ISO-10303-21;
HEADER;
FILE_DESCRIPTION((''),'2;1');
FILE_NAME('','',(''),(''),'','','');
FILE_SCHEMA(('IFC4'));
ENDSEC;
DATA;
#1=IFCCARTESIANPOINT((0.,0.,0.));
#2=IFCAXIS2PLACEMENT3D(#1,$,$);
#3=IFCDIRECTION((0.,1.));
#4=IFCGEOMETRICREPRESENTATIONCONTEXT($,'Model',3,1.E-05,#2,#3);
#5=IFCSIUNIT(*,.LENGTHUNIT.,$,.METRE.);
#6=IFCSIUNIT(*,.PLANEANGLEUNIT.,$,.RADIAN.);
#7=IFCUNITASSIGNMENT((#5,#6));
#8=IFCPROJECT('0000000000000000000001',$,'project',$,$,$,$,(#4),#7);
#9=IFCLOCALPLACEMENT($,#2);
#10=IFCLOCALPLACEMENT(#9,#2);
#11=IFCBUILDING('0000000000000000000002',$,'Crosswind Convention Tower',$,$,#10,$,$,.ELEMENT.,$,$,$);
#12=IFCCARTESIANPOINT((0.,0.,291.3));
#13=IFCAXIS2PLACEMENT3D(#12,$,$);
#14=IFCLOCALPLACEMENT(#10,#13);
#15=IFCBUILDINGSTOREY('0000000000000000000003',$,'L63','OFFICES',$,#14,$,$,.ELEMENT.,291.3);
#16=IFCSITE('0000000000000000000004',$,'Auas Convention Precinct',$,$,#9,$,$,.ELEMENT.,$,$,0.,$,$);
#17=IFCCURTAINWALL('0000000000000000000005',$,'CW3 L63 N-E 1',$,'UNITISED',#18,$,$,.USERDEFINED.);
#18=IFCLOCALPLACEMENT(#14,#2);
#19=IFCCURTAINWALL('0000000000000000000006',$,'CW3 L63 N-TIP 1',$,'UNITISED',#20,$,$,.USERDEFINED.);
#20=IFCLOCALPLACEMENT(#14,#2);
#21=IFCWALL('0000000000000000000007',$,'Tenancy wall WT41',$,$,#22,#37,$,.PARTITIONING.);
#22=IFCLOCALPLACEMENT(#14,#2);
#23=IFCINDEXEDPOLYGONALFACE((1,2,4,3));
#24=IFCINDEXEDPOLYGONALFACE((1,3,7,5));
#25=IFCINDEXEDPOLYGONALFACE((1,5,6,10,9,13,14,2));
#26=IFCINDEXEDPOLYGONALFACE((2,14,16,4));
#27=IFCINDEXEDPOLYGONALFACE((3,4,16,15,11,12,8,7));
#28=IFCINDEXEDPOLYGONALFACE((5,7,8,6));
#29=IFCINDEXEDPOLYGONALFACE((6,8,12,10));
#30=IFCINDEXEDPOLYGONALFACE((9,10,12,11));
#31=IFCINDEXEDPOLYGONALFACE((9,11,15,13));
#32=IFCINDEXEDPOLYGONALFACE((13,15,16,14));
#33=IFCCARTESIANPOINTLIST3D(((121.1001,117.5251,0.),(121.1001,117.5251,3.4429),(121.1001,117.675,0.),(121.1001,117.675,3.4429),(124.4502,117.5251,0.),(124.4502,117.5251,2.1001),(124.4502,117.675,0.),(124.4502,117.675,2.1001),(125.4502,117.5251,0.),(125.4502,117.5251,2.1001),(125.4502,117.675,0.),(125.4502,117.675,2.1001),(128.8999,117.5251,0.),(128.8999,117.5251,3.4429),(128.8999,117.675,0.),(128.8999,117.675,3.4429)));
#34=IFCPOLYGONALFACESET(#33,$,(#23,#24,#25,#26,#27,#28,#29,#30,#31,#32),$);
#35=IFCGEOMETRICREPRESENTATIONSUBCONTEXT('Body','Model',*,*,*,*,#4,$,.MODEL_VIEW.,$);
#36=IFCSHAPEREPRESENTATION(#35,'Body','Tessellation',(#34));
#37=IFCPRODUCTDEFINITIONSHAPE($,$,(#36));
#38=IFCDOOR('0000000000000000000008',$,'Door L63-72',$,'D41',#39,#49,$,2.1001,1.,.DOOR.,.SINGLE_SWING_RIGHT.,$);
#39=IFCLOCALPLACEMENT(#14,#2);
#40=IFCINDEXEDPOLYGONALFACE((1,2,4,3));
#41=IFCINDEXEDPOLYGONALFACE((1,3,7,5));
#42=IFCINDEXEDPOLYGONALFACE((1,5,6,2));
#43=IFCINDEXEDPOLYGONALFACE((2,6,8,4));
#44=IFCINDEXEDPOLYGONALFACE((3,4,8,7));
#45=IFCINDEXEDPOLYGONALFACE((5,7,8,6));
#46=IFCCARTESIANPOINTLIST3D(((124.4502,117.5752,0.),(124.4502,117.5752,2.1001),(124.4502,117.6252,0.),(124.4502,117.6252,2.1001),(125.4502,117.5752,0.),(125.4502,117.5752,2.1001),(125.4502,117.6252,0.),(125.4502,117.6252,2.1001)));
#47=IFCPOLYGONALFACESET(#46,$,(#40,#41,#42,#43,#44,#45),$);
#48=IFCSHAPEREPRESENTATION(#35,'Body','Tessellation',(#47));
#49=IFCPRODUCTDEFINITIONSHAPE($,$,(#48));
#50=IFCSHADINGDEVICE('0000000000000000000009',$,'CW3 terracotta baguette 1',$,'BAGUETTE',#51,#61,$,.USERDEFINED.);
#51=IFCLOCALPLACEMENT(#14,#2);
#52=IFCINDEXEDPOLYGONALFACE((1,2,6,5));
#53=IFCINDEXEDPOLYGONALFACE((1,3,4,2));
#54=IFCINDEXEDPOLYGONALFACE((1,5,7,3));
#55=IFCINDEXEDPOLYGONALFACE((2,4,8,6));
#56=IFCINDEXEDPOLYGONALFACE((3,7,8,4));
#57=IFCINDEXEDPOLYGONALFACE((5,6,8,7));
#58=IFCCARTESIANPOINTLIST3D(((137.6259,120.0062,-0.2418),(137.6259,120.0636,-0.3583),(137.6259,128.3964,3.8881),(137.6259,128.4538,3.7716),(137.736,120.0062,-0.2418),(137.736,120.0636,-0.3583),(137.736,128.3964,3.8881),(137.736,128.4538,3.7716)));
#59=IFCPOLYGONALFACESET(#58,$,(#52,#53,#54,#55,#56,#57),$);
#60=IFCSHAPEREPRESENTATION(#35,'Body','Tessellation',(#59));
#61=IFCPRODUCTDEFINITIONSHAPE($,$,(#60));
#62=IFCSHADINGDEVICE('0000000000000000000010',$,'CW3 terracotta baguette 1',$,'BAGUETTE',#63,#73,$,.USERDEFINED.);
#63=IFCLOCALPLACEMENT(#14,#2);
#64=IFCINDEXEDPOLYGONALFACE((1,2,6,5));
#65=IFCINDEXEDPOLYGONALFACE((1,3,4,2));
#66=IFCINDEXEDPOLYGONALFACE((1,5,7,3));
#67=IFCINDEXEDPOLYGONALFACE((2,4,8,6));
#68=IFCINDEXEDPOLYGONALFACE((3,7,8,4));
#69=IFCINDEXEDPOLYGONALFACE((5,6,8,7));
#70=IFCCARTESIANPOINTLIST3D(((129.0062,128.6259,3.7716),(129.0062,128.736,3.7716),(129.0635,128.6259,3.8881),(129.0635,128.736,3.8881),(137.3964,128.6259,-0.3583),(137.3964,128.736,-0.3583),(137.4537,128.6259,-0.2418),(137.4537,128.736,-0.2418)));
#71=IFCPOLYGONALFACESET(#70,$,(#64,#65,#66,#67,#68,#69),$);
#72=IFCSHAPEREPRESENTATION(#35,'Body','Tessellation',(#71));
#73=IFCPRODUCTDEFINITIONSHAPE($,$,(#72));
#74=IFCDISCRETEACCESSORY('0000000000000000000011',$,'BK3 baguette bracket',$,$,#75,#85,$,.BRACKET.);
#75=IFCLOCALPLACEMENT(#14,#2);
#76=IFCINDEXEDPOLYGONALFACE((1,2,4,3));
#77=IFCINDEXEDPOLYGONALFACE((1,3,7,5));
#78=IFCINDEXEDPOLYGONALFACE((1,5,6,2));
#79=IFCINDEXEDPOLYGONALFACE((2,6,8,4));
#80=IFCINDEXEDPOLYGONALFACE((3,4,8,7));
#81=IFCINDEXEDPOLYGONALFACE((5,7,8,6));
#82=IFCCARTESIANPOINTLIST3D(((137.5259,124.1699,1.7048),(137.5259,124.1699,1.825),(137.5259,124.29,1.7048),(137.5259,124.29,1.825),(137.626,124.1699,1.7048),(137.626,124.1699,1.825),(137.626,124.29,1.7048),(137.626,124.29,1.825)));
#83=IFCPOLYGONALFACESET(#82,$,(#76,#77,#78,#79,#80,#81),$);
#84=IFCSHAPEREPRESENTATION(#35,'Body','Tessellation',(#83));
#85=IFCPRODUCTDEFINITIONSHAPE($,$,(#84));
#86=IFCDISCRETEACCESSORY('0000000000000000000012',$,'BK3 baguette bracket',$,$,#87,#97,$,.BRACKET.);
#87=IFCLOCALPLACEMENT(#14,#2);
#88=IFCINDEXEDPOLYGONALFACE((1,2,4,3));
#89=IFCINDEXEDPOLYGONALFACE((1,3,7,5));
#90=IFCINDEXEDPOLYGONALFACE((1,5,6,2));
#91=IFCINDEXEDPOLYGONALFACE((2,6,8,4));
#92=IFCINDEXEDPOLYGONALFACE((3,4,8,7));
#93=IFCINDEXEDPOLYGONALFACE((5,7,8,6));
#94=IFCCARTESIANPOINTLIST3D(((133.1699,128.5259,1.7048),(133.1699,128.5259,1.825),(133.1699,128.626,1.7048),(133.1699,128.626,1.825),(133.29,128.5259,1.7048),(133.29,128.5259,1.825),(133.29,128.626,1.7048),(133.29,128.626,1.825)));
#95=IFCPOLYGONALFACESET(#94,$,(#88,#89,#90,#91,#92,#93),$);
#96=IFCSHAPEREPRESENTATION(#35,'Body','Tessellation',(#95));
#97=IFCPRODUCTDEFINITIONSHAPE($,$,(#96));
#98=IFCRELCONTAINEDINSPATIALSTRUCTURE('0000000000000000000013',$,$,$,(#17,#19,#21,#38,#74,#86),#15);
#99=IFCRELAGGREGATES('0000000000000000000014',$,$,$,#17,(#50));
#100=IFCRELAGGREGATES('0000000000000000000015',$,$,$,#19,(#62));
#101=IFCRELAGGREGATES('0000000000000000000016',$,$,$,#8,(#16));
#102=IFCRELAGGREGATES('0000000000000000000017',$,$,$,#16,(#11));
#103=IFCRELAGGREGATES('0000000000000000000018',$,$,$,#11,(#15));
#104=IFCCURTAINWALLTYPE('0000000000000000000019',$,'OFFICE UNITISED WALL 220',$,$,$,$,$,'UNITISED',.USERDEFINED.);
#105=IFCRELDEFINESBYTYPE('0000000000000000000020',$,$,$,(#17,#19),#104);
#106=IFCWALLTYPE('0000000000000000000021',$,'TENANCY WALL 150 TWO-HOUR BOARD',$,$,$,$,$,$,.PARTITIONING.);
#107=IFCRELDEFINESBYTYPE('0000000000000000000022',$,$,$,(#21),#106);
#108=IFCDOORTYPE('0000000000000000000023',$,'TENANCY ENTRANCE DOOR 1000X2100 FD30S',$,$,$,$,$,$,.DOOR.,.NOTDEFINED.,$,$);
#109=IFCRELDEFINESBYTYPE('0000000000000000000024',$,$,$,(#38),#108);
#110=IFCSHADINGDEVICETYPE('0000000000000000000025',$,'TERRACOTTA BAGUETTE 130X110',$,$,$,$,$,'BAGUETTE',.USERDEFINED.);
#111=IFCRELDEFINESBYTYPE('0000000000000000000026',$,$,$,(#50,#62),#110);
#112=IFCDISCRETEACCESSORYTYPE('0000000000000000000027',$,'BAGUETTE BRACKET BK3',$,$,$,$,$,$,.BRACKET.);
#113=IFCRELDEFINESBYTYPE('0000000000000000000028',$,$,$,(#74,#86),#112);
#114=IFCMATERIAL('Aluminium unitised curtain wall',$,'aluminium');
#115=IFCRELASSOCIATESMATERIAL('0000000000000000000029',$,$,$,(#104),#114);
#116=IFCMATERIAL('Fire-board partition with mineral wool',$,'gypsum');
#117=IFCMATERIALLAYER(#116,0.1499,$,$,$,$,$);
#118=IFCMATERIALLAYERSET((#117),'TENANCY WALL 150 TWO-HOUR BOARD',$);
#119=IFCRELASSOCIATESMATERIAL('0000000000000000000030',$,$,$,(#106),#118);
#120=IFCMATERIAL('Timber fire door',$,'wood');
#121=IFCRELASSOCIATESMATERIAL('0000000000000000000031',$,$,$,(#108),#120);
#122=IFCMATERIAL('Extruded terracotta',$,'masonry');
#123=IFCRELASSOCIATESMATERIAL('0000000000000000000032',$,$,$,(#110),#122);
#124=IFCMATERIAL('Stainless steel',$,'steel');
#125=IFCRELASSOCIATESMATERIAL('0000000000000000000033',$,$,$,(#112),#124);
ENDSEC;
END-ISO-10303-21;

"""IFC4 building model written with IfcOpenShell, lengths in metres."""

from ifc_helpers import new_model, si_unit, direction, frame, frame_2d, origin, origin_2d, place, context, subcontext, project, spatial, rectangle, extrude, material, layer, layer_set, material_profile, profile_set, type_object, element, fill, aggregate, save


model = new_model("IFC4")

# Units and contexts
model_context = context("Model", 3, precision=1e-05, world=origin(), true_north=direction((0.0, 1.0)))
body_context = subcontext(model_context, "Body", "Model", "MODEL_VIEW")
ifc_project = project(units=[si_unit("LENGTHUNIT", "METRE"), si_unit("PLANEANGLEUNIT", "RADIAN")], contexts=[model_context])

# Site, building, storey
site_placement = place(None, origin())
site = spatial("IfcSite", under=ifc_project, at=site_placement, Name="Auas Convention Precinct", CompositionType="ELEMENT", RefElevation=0.0)
building_placement = place(site_placement, origin())
building = spatial("IfcBuilding", under=site, at=building_placement, Name="Crosswind Convention Tower", CompositionType="ELEMENT")
storey_placement = place(building_placement, frame((0.0, 0.0, 291.3)))
storey = spatial("IfcBuildingStorey", under=building, at=storey_placement, Name="L63", Description="OFFICES", CompositionType="ELEMENT", Elevation=291.3)

# Curtain wall
ifc_material_1 = material(Name="Aluminium unitised curtain wall", Category="aluminium")
curtain_wall_type_1 = type_object("IfcCurtainWallType", Name="OFFICE UNITISED WALL 220", ElementType="UNITISED", PredefinedType="USERDEFINED", material=ifc_material_1)
curtain_wall_1_placement = place(storey_placement, origin())
curtain_wall_1 = element("IfcCurtainWall", 1, at=curtain_wall_1_placement, inside=storey, type_object=curtain_wall_type_1, Name="CW3 L63 N-E 1", ObjectType="UNITISED", PredefinedType="USERDEFINED")

# Curtain wall
curtain_wall_2_placement = place(storey_placement, origin())
curtain_wall_2 = element("IfcCurtainWall", 2, at=curtain_wall_2_placement, inside=storey, type_object=curtain_wall_type_1, Name="CW3 L63 N-TIP 1", ObjectType="UNITISED", PredefinedType="USERDEFINED")

# Wall, opening, door
ifc_material_2 = material(Name="Fire-board partition with mineral wool", Category="gypsum")
ifc_layer_1 = layer(ifc_material_2, 0.1499)
ifc_layer_set_1 = layer_set([ifc_layer_1], Name="TENANCY WALL 150 TWO-HOUR BOARD")
wall_type_1 = type_object("IfcWallType", Name="TENANCY WALL 150 TWO-HOUR BOARD", PredefinedType="PARTITIONING", material=ifc_layer_set_1)
wall_1_placement = place(storey_placement, frame((121.1001, 117.6001, 0.0), z_axis=(0.0, 0.0, 1.0), x_axis=(1.0, 0.0, 0.0)))
wall_1 = element("IfcWall", 3, at=wall_1_placement, inside=storey, type_object=wall_type_1, Name="Tenancy wall WT41", PredefinedType="PARTITIONING", context=body_context, shape_type="SweptSolid", body=[
    extrude(rectangle(XDim=7.7998, YDim=0.1499, at=frame_2d((3.8999, 0.0))), origin(), (0.0, 0.0, 1.0), 3.4429),
])
opening_placement = place(wall_1_placement, frame((3.3501, 0.0, 0.0)))
opening = element("IfcOpeningElement", 4, at=opening_placement, cuts=wall_1, PredefinedType="OPENING", context=body_context, shape_type="SweptSolid", body=[
    extrude(rectangle(XDim=1.0, YDim=2.1001, at=frame_2d((0.5, 1.05))), frame((0.0, 0.085, 0.0), z_axis=(0.0, -1.0, 0.0), x_axis=(1.0, 0.0, 0.0)), (0.0, 0.0, 1.0), 0.1699),
])
ifc_material_3 = material(Name="Timber fire door", Category="wood")
door_type = type_object("IfcDoorType", Name="TENANCY ENTRANCE DOOR 1000X2100 FD30S", OperationType="NOTDEFINED", PredefinedType="DOOR", material=ifc_material_3)
door_placement = place(opening_placement, frame((1.0, 0.0, 0.0), z_axis=(0.0, 0.0, 1.0), x_axis=(-1.0, 0.0, 0.0)))
door = element("IfcDoor", 5, at=door_placement, inside=storey, type_object=door_type, Name="Door L63-72", ObjectType="D41", OperationType="SINGLE_SWING_RIGHT", OverallHeight=2.1001, OverallWidth=1.0, PredefinedType="DOOR", context=body_context, shape_type="SweptSolid", body=[
    extrude(rectangle(XDim=1.0, YDim=2.1001, at=frame_2d((0.5, 1.05))), frame((0.0, 0.0249, 0.0), z_axis=(0.0, -1.0, 0.0), x_axis=(1.0, 0.0, 0.0)), (0.0, 0.0, 1.0), 0.05),
])
fill(opening, door)

# Shading devices
ifc_material_4 = material(Name="Extruded terracotta", Category="masonry")
ifc_material_profile_1 = material_profile(ifc_material_4, rectangle(XDim=0.1101, YDim=0.1299, at=origin_2d()), Name="TC 110X130")
ifc_profile_set_1 = profile_set([ifc_material_profile_1], Name="Extruded terracotta")
shading_device_type = type_object("IfcShadingDeviceType", Name="TERRACOTTA BAGUETTE 130X110", ElementType="BAGUETTE", PredefinedType="USERDEFINED", material=ifc_profile_set_1)
shading_device_1_placement = place(storey_placement, frame((137.6809, 120.0349, -0.3), z_axis=(0.0, 0.897198, 0.441628), x_axis=(-1.0, 0.0, 0.0)))
shading_device_1 = element("IfcShadingDevice", 6, at=shading_device_1_placement, type_object=shading_device_type, Name="CW3 terracotta baguette 1", ObjectType="BAGUETTE", PredefinedType="USERDEFINED", context=body_context, shape_type="SweptSolid", body=[
    extrude(rectangle(XDim=0.1101, YDim=0.1299, at=origin_2d()), origin(), (0.0, 0.0, 1.0), 9.3516),
])
aggregate(curtain_wall_1, [shading_device_1])
shading_device_2_placement = place(storey_placement, frame((137.425, 128.6809, -0.3), z_axis=(-0.897198, 0.0, 0.441628), x_axis=(0.0, -1.0, 0.0)))
shading_device_2 = element("IfcShadingDevice", 7, at=shading_device_2_placement, type_object=shading_device_type, Name="CW3 terracotta baguette 1", ObjectType="BAGUETTE", PredefinedType="USERDEFINED", context=body_context, shape_type="SweptSolid", body=[
    extrude(rectangle(XDim=0.1101, YDim=0.1299, at=origin_2d()), origin(), (0.0, 0.0, 1.0), 9.3516),
])
aggregate(curtain_wall_2, [shading_device_2])

# Discrete accessories
ifc_material_5 = material(Name="Stainless steel", Category="steel")
discrete_accessory_type = type_object("IfcDiscreteAccessoryType", Name="BAGUETTE BRACKET BK3", PredefinedType="BRACKET", material=ifc_material_5)
for number, where, z_axis, x_axis, name in (
    (8, (137.5759, 124.23, 1.7048), (0.0, 0.0, 1.0), (0.0, 1.0, 0.0), "BK3 baguette bracket"),
    (9, (133.23, 128.5759, 1.7048), (0.0, 0.0, 1.0), (-1.0, 0.0, 0.0), "BK3 baguette bracket"),
):
    element("IfcDiscreteAccessory", number, at=place(storey_placement, frame(where, z_axis=z_axis, x_axis=x_axis)), inside=storey, type_object=discrete_accessory_type, Name=name, PredefinedType="BRACKET", context=body_context, shape_type="SweptSolid", body=[
        extrude(rectangle(XDim=0.1201, YDim=0.1001, at=origin_2d()), origin(), (0.0, 0.0, 1.0), 0.1201),
    ])

save(model, "model.ifc")
